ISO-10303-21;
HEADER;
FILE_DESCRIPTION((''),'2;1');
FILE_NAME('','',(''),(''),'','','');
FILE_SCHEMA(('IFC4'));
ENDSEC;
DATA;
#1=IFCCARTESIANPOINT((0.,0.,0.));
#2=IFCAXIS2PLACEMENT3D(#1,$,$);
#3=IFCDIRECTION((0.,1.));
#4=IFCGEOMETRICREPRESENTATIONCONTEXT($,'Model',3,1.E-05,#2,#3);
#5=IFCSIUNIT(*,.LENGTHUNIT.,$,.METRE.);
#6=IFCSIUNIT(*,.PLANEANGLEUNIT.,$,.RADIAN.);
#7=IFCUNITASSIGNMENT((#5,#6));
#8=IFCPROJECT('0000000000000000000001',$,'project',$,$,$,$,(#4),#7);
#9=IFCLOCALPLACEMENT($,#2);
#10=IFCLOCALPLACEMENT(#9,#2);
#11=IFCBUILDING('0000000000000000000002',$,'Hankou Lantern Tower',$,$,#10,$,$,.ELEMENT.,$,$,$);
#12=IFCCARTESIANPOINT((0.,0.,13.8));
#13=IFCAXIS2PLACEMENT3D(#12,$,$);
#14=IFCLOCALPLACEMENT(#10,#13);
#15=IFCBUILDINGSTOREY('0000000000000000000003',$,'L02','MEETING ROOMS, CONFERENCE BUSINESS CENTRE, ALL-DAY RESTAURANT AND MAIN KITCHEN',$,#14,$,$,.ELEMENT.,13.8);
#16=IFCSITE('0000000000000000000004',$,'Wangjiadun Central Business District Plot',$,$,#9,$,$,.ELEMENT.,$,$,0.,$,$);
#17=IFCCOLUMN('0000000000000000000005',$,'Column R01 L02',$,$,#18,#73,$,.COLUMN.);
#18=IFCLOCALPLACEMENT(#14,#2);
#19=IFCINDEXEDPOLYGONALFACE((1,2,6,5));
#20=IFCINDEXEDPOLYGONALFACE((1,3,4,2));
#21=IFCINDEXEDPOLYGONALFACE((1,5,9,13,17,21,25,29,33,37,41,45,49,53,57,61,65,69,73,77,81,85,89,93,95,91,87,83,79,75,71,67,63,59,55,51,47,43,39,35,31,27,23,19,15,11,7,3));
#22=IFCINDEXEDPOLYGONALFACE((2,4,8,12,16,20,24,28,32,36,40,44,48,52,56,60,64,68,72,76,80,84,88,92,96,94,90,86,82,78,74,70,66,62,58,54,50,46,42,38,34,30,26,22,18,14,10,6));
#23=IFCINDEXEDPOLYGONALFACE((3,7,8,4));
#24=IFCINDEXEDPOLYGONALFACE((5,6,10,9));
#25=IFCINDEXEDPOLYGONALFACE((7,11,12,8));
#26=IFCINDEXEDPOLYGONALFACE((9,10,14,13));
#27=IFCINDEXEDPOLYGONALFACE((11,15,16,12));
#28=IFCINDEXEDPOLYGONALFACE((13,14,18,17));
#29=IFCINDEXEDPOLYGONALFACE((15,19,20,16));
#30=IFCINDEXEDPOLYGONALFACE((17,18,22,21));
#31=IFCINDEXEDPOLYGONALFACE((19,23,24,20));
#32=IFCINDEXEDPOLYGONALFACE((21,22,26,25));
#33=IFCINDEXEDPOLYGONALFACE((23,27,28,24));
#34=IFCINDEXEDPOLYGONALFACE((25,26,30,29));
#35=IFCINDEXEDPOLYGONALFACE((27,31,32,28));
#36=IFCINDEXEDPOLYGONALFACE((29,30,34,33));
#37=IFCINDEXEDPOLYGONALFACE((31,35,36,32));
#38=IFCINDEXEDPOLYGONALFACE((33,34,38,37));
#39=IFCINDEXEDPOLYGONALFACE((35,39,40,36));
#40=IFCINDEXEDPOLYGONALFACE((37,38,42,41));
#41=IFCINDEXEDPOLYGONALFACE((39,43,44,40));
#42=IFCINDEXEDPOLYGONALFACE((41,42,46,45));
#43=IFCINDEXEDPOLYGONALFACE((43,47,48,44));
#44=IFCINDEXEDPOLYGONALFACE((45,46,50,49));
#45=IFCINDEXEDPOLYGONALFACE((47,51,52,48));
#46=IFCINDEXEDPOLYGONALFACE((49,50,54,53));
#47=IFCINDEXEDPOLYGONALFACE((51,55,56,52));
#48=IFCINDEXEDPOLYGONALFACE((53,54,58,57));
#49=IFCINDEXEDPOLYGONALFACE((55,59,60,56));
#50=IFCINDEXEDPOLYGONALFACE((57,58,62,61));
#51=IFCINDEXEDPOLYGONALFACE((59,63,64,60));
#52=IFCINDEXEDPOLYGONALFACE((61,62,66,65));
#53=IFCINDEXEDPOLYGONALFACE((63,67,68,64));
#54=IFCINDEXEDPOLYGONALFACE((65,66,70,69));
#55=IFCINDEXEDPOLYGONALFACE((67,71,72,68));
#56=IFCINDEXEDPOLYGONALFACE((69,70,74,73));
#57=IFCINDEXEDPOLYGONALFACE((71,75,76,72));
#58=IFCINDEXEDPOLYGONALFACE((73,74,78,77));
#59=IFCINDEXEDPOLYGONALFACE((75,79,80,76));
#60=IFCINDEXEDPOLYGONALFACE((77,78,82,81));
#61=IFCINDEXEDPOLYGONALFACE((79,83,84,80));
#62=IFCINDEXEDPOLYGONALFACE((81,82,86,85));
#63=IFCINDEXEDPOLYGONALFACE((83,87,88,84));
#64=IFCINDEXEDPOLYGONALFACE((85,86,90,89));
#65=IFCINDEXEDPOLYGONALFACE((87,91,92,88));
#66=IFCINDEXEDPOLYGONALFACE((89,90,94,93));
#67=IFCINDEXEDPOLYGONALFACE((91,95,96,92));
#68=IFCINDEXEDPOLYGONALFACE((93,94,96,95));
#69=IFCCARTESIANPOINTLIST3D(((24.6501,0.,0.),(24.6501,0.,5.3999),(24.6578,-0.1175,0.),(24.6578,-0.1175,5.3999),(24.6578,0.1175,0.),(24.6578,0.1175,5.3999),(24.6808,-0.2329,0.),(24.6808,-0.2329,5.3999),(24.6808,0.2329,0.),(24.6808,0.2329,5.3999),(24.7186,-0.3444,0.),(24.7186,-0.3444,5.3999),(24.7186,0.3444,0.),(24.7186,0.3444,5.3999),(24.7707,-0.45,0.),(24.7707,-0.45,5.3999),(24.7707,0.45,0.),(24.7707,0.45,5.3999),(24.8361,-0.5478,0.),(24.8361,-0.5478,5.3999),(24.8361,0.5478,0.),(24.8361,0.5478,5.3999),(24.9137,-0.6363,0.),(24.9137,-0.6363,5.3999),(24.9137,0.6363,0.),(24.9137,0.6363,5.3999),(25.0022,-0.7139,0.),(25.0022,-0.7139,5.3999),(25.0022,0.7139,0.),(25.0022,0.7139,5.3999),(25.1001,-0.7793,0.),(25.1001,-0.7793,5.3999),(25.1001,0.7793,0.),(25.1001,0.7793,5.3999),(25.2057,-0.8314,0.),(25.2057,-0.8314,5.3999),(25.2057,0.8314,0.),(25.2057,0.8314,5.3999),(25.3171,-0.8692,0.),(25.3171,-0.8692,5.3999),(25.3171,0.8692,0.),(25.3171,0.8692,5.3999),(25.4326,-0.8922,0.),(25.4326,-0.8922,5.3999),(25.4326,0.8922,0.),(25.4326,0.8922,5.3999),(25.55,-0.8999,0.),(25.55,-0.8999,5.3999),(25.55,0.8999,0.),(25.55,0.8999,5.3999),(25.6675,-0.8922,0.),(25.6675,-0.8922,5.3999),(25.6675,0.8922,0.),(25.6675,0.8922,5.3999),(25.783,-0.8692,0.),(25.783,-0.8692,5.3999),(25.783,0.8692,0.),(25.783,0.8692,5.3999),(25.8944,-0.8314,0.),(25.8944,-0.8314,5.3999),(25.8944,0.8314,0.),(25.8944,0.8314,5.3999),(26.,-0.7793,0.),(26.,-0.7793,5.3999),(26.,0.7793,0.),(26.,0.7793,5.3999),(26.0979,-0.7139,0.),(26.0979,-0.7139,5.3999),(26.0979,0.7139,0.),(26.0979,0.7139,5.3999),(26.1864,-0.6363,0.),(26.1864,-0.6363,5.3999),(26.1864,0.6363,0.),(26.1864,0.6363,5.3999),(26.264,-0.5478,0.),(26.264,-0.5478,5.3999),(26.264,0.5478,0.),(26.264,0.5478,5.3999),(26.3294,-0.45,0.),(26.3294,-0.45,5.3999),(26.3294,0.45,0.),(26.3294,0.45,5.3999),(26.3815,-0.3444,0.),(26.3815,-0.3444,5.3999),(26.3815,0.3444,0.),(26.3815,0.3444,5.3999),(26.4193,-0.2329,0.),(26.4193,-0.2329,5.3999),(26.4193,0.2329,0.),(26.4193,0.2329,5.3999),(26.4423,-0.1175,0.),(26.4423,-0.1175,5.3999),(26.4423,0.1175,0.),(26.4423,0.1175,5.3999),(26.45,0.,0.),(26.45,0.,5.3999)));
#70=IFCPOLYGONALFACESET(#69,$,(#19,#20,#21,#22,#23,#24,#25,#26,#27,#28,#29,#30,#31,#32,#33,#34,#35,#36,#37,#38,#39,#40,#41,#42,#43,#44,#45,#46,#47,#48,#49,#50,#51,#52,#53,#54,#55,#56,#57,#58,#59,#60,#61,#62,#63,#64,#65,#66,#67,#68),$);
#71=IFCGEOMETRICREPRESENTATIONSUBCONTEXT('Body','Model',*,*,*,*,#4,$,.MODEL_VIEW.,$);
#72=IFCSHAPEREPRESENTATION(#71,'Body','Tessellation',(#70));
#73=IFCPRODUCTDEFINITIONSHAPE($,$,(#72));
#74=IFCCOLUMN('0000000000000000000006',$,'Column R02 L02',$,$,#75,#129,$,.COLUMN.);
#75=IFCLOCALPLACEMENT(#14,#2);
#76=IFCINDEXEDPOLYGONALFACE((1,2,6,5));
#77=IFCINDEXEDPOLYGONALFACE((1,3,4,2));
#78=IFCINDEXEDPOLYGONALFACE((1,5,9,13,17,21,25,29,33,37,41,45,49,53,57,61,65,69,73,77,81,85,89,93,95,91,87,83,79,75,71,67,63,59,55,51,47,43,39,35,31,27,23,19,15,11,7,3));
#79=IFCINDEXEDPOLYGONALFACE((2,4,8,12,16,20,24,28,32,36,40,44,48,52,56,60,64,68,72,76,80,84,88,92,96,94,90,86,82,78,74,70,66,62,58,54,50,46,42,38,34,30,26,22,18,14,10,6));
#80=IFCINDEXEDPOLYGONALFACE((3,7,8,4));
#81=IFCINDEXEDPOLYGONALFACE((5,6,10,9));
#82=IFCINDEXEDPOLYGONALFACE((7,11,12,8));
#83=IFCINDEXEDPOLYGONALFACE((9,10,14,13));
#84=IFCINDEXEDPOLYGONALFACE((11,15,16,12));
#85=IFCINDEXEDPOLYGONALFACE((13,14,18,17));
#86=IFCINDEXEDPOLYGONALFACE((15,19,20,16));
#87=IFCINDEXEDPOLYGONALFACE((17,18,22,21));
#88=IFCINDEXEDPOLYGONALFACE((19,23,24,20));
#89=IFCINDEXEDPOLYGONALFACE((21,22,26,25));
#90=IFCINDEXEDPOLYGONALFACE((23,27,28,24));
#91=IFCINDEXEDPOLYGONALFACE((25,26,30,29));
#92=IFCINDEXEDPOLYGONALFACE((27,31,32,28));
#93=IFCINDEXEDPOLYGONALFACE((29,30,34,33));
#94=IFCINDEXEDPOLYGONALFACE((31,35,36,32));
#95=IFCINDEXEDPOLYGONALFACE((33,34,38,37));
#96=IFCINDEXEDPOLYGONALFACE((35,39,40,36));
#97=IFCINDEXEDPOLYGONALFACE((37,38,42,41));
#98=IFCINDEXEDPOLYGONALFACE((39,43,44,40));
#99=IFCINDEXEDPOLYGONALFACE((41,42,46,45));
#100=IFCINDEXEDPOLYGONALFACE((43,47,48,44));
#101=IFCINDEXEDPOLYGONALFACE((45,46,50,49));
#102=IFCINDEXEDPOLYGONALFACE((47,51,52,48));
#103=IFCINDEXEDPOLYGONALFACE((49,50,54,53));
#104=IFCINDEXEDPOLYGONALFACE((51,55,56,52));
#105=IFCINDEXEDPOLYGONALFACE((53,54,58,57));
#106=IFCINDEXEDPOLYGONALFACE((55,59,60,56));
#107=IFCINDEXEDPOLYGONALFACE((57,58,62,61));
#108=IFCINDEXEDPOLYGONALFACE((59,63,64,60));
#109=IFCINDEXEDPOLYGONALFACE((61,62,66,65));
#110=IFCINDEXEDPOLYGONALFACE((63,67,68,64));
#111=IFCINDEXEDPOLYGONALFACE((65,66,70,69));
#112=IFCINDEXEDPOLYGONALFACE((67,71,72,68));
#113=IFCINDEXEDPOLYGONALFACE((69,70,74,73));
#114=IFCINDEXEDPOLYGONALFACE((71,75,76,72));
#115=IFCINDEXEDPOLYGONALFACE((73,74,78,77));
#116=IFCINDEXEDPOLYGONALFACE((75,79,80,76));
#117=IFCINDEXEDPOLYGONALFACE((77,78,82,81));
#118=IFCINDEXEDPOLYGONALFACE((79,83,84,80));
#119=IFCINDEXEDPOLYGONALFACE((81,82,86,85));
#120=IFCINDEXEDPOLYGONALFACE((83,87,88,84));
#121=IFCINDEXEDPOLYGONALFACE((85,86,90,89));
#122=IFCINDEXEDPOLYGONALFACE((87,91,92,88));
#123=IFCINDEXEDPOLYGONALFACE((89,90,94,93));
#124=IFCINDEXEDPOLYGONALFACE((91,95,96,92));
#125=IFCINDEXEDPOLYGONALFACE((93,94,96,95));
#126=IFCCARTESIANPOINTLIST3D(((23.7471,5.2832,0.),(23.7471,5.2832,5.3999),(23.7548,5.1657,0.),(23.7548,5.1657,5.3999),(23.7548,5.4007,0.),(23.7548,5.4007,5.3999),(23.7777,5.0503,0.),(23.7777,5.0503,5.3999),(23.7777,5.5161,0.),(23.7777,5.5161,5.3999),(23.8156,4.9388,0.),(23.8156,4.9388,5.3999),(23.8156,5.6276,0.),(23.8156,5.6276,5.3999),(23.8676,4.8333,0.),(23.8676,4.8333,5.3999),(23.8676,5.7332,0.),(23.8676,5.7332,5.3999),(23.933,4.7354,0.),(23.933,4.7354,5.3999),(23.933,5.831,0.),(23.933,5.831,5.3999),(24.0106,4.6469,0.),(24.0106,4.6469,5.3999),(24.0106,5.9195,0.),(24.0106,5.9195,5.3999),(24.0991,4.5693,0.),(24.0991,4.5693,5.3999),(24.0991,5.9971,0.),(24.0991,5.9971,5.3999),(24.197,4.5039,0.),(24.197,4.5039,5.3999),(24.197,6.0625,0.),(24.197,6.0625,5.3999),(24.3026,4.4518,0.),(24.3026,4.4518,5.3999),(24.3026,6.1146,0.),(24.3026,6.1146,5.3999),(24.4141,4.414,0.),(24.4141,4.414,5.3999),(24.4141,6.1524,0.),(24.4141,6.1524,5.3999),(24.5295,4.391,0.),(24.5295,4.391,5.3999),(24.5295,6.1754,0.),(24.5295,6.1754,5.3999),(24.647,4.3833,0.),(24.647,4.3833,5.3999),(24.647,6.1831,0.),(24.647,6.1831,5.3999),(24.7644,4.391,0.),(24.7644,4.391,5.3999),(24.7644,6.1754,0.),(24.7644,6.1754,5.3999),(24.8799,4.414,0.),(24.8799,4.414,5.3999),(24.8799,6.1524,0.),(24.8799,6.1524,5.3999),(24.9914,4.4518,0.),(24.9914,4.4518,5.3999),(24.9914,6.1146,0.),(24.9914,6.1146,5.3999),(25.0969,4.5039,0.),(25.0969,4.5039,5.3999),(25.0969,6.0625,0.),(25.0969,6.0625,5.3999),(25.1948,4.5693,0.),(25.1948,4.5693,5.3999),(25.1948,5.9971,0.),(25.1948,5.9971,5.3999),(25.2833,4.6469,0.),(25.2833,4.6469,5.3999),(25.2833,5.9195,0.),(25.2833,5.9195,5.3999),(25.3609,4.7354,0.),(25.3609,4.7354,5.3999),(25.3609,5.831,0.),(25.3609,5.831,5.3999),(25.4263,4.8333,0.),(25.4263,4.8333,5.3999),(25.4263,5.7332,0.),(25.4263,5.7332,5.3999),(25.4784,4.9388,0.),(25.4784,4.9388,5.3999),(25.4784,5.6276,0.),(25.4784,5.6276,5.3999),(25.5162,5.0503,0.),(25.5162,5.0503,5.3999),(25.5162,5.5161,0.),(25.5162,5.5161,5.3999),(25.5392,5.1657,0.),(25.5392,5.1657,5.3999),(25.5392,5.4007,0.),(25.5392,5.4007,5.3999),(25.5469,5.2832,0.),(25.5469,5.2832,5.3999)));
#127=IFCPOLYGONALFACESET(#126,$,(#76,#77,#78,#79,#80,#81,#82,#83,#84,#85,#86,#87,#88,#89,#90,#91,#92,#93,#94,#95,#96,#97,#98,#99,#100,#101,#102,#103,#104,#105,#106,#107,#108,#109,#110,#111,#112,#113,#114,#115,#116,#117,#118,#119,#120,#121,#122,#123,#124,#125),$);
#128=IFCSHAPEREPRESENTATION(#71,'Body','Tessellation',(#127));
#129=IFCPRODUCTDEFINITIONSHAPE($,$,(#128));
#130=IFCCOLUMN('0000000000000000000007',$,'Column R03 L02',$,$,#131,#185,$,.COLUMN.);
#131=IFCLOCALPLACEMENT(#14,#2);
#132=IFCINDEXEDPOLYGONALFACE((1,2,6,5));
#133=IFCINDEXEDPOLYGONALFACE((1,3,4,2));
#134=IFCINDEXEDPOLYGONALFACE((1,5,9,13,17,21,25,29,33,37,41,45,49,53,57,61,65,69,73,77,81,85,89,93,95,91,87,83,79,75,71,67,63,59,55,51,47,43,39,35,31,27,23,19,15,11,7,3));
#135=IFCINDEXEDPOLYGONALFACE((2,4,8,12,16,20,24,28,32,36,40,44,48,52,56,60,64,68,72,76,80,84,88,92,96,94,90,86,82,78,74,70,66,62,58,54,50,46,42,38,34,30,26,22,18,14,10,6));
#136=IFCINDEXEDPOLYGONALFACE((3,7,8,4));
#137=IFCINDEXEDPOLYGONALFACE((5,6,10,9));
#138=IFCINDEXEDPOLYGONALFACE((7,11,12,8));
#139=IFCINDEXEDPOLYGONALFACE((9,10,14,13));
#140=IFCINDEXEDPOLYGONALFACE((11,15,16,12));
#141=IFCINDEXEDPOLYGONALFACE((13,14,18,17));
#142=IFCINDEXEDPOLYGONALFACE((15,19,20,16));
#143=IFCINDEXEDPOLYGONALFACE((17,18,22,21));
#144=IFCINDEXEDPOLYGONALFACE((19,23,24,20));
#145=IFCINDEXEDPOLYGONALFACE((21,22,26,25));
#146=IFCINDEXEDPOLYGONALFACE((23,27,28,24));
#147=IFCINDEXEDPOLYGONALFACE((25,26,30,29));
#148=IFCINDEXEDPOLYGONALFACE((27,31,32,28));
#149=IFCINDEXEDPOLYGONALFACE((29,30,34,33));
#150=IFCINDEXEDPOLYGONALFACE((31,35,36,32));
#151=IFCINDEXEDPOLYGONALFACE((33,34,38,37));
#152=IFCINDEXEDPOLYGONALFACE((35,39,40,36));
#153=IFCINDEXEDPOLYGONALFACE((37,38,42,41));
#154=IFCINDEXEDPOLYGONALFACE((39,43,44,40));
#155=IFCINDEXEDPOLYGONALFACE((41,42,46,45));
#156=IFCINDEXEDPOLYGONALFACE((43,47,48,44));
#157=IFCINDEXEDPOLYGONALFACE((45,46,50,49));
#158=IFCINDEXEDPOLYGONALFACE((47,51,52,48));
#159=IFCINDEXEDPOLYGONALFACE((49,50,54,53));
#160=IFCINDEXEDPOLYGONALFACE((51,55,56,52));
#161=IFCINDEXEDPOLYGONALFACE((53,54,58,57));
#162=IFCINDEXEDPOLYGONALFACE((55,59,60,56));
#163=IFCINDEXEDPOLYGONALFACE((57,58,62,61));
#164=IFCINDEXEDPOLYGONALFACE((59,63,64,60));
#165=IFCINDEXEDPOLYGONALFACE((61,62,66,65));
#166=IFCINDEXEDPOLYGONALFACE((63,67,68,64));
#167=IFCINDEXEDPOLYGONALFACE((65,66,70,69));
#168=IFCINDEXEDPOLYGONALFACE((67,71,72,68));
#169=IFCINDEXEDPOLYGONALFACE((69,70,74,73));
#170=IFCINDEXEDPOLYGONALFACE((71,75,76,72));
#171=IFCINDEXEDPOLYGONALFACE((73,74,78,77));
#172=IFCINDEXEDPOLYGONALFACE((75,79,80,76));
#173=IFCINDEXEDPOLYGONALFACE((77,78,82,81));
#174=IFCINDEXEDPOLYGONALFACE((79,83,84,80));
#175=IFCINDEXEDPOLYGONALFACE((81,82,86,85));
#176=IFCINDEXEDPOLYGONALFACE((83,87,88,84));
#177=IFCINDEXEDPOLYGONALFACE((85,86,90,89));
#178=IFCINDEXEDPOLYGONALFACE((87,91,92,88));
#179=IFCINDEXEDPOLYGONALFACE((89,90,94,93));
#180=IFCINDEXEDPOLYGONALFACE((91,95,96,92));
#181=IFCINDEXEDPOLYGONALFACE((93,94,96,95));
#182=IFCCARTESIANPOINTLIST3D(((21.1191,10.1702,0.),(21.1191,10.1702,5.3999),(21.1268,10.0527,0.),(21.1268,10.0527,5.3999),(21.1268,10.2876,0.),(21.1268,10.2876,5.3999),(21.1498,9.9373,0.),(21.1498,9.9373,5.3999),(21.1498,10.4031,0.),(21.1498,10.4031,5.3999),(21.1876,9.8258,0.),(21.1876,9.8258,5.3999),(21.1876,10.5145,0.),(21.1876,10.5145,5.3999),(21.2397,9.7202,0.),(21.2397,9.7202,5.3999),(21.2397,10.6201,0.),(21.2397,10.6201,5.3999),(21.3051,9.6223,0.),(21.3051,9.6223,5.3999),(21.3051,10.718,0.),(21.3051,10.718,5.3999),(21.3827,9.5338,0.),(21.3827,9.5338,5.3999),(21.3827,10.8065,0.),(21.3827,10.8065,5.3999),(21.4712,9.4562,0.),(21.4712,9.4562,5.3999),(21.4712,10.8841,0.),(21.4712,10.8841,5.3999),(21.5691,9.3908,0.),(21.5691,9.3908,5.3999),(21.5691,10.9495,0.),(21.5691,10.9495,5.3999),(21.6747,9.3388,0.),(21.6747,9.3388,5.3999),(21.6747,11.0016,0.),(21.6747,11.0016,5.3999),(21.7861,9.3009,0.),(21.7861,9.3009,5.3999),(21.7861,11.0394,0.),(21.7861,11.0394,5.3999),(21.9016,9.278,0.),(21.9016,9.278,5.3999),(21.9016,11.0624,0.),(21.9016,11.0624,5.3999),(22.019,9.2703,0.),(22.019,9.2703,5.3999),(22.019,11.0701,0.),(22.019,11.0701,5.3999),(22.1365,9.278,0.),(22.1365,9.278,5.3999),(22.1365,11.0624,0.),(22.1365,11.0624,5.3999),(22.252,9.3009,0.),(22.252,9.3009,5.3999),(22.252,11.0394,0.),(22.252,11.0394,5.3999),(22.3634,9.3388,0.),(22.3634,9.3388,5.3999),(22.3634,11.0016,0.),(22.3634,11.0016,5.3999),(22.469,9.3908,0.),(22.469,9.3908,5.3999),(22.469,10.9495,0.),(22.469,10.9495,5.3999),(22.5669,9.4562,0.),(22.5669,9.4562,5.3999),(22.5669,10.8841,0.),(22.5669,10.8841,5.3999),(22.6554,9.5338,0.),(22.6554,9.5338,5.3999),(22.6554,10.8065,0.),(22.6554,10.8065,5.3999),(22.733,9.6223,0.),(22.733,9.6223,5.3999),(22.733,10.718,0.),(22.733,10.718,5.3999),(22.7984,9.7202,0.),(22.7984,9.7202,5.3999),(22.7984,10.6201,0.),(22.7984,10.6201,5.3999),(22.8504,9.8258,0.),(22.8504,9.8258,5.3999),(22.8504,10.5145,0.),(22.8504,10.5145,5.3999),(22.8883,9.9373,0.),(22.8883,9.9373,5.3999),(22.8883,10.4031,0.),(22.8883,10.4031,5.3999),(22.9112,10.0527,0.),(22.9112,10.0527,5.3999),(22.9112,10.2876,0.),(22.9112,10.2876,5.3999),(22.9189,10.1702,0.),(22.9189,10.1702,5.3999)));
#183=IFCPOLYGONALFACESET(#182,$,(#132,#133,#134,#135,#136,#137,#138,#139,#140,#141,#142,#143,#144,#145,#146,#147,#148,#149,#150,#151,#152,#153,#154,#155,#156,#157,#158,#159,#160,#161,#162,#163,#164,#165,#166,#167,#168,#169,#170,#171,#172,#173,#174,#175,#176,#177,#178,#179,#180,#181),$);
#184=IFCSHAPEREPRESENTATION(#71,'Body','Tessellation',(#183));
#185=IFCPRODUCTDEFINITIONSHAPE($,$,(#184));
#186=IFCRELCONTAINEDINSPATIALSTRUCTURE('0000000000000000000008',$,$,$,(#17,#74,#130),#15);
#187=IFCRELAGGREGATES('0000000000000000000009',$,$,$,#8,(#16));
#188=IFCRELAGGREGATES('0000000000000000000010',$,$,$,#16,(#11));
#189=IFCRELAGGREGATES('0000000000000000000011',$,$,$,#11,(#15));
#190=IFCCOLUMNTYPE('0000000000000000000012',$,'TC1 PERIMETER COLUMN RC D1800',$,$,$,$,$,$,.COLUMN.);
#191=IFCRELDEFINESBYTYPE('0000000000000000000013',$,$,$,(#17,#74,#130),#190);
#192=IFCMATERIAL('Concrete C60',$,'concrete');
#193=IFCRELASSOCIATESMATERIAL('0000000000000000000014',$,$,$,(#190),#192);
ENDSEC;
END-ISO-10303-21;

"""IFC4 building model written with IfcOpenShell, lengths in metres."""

from ifc_helpers import new_model, si_unit, direction, frame, origin, origin_2d, place, context, subcontext, project, spatial, circle, extrude, material, material_profile, profile_set, type_object, element, save


model = new_model("IFC4")

# Units and contexts
model_context = context("Model", 3, precision=1e-05, world=origin(), true_north=direction((0.0, 1.0)))
body_context = subcontext(model_context, "Body", "Model", "MODEL_VIEW")
ifc_project = project(units=[si_unit("LENGTHUNIT", "METRE"), si_unit("PLANEANGLEUNIT", "RADIAN")], contexts=[model_context])

# Site, building, storey
site_placement = place(None, origin())
site = spatial("IfcSite", under=ifc_project, at=site_placement, Name="Wangjiadun Central Business District Plot", CompositionType="ELEMENT", RefElevation=0.0)
building_placement = place(site_placement, origin())
building = spatial("IfcBuilding", under=site, at=building_placement, Name="Hankou Lantern Tower", CompositionType="ELEMENT")
storey_placement = place(building_placement, frame((0.0, 0.0, 13.8)))
storey = spatial("IfcBuildingStorey", under=building, at=storey_placement, Name="L02", Description="MEETING ROOMS, CONFERENCE BUSINESS CENTRE, ALL-DAY RESTAURANT AND MAIN KITCHEN", CompositionType="ELEMENT", Elevation=13.8)

# Columns
ifc_material_1 = material(Name="Concrete C60", Category="concrete")
ifc_material_profile_1 = material_profile(ifc_material_1, circle(Radius=0.8999, at=origin_2d()), Name="RC D1800")
ifc_profile_set_1 = profile_set([ifc_material_profile_1], Name="Concrete C60")
column_type = type_object("IfcColumnType", Name="TC1 PERIMETER COLUMN RC D1800", PredefinedType="COLUMN", material=ifc_profile_set_1)
for number, where, z_axis, x_axis, name in (
    (1, (25.55, 0.0, 0.0), (0.0, 0.0, 1.0), (1.0, 0.0, 0.0), "Column R01 L02"),
    (2, (24.647, 5.2832, 0.0), (0.0, 0.0, 1.0), (1.0, 0.0, 0.0), "Column R02 L02"),
    (3, (22.019, 10.1702, 0.0), (0.0, 0.0, 1.0), (1.0, 0.0, 0.0), "Column R03 L02"),
):
    element("IfcColumn", number, at=place(storey_placement, frame(where, z_axis=z_axis, x_axis=x_axis)), inside=storey, type_object=column_type, Name=name, PredefinedType="COLUMN", context=body_context, shape_type="SweptSolid", body=[
        extrude(circle(Radius=0.8999, at=origin_2d()), origin(), (0.0, 0.0, 1.0), 5.3999),
    ])

save(model, "model.ifc")
